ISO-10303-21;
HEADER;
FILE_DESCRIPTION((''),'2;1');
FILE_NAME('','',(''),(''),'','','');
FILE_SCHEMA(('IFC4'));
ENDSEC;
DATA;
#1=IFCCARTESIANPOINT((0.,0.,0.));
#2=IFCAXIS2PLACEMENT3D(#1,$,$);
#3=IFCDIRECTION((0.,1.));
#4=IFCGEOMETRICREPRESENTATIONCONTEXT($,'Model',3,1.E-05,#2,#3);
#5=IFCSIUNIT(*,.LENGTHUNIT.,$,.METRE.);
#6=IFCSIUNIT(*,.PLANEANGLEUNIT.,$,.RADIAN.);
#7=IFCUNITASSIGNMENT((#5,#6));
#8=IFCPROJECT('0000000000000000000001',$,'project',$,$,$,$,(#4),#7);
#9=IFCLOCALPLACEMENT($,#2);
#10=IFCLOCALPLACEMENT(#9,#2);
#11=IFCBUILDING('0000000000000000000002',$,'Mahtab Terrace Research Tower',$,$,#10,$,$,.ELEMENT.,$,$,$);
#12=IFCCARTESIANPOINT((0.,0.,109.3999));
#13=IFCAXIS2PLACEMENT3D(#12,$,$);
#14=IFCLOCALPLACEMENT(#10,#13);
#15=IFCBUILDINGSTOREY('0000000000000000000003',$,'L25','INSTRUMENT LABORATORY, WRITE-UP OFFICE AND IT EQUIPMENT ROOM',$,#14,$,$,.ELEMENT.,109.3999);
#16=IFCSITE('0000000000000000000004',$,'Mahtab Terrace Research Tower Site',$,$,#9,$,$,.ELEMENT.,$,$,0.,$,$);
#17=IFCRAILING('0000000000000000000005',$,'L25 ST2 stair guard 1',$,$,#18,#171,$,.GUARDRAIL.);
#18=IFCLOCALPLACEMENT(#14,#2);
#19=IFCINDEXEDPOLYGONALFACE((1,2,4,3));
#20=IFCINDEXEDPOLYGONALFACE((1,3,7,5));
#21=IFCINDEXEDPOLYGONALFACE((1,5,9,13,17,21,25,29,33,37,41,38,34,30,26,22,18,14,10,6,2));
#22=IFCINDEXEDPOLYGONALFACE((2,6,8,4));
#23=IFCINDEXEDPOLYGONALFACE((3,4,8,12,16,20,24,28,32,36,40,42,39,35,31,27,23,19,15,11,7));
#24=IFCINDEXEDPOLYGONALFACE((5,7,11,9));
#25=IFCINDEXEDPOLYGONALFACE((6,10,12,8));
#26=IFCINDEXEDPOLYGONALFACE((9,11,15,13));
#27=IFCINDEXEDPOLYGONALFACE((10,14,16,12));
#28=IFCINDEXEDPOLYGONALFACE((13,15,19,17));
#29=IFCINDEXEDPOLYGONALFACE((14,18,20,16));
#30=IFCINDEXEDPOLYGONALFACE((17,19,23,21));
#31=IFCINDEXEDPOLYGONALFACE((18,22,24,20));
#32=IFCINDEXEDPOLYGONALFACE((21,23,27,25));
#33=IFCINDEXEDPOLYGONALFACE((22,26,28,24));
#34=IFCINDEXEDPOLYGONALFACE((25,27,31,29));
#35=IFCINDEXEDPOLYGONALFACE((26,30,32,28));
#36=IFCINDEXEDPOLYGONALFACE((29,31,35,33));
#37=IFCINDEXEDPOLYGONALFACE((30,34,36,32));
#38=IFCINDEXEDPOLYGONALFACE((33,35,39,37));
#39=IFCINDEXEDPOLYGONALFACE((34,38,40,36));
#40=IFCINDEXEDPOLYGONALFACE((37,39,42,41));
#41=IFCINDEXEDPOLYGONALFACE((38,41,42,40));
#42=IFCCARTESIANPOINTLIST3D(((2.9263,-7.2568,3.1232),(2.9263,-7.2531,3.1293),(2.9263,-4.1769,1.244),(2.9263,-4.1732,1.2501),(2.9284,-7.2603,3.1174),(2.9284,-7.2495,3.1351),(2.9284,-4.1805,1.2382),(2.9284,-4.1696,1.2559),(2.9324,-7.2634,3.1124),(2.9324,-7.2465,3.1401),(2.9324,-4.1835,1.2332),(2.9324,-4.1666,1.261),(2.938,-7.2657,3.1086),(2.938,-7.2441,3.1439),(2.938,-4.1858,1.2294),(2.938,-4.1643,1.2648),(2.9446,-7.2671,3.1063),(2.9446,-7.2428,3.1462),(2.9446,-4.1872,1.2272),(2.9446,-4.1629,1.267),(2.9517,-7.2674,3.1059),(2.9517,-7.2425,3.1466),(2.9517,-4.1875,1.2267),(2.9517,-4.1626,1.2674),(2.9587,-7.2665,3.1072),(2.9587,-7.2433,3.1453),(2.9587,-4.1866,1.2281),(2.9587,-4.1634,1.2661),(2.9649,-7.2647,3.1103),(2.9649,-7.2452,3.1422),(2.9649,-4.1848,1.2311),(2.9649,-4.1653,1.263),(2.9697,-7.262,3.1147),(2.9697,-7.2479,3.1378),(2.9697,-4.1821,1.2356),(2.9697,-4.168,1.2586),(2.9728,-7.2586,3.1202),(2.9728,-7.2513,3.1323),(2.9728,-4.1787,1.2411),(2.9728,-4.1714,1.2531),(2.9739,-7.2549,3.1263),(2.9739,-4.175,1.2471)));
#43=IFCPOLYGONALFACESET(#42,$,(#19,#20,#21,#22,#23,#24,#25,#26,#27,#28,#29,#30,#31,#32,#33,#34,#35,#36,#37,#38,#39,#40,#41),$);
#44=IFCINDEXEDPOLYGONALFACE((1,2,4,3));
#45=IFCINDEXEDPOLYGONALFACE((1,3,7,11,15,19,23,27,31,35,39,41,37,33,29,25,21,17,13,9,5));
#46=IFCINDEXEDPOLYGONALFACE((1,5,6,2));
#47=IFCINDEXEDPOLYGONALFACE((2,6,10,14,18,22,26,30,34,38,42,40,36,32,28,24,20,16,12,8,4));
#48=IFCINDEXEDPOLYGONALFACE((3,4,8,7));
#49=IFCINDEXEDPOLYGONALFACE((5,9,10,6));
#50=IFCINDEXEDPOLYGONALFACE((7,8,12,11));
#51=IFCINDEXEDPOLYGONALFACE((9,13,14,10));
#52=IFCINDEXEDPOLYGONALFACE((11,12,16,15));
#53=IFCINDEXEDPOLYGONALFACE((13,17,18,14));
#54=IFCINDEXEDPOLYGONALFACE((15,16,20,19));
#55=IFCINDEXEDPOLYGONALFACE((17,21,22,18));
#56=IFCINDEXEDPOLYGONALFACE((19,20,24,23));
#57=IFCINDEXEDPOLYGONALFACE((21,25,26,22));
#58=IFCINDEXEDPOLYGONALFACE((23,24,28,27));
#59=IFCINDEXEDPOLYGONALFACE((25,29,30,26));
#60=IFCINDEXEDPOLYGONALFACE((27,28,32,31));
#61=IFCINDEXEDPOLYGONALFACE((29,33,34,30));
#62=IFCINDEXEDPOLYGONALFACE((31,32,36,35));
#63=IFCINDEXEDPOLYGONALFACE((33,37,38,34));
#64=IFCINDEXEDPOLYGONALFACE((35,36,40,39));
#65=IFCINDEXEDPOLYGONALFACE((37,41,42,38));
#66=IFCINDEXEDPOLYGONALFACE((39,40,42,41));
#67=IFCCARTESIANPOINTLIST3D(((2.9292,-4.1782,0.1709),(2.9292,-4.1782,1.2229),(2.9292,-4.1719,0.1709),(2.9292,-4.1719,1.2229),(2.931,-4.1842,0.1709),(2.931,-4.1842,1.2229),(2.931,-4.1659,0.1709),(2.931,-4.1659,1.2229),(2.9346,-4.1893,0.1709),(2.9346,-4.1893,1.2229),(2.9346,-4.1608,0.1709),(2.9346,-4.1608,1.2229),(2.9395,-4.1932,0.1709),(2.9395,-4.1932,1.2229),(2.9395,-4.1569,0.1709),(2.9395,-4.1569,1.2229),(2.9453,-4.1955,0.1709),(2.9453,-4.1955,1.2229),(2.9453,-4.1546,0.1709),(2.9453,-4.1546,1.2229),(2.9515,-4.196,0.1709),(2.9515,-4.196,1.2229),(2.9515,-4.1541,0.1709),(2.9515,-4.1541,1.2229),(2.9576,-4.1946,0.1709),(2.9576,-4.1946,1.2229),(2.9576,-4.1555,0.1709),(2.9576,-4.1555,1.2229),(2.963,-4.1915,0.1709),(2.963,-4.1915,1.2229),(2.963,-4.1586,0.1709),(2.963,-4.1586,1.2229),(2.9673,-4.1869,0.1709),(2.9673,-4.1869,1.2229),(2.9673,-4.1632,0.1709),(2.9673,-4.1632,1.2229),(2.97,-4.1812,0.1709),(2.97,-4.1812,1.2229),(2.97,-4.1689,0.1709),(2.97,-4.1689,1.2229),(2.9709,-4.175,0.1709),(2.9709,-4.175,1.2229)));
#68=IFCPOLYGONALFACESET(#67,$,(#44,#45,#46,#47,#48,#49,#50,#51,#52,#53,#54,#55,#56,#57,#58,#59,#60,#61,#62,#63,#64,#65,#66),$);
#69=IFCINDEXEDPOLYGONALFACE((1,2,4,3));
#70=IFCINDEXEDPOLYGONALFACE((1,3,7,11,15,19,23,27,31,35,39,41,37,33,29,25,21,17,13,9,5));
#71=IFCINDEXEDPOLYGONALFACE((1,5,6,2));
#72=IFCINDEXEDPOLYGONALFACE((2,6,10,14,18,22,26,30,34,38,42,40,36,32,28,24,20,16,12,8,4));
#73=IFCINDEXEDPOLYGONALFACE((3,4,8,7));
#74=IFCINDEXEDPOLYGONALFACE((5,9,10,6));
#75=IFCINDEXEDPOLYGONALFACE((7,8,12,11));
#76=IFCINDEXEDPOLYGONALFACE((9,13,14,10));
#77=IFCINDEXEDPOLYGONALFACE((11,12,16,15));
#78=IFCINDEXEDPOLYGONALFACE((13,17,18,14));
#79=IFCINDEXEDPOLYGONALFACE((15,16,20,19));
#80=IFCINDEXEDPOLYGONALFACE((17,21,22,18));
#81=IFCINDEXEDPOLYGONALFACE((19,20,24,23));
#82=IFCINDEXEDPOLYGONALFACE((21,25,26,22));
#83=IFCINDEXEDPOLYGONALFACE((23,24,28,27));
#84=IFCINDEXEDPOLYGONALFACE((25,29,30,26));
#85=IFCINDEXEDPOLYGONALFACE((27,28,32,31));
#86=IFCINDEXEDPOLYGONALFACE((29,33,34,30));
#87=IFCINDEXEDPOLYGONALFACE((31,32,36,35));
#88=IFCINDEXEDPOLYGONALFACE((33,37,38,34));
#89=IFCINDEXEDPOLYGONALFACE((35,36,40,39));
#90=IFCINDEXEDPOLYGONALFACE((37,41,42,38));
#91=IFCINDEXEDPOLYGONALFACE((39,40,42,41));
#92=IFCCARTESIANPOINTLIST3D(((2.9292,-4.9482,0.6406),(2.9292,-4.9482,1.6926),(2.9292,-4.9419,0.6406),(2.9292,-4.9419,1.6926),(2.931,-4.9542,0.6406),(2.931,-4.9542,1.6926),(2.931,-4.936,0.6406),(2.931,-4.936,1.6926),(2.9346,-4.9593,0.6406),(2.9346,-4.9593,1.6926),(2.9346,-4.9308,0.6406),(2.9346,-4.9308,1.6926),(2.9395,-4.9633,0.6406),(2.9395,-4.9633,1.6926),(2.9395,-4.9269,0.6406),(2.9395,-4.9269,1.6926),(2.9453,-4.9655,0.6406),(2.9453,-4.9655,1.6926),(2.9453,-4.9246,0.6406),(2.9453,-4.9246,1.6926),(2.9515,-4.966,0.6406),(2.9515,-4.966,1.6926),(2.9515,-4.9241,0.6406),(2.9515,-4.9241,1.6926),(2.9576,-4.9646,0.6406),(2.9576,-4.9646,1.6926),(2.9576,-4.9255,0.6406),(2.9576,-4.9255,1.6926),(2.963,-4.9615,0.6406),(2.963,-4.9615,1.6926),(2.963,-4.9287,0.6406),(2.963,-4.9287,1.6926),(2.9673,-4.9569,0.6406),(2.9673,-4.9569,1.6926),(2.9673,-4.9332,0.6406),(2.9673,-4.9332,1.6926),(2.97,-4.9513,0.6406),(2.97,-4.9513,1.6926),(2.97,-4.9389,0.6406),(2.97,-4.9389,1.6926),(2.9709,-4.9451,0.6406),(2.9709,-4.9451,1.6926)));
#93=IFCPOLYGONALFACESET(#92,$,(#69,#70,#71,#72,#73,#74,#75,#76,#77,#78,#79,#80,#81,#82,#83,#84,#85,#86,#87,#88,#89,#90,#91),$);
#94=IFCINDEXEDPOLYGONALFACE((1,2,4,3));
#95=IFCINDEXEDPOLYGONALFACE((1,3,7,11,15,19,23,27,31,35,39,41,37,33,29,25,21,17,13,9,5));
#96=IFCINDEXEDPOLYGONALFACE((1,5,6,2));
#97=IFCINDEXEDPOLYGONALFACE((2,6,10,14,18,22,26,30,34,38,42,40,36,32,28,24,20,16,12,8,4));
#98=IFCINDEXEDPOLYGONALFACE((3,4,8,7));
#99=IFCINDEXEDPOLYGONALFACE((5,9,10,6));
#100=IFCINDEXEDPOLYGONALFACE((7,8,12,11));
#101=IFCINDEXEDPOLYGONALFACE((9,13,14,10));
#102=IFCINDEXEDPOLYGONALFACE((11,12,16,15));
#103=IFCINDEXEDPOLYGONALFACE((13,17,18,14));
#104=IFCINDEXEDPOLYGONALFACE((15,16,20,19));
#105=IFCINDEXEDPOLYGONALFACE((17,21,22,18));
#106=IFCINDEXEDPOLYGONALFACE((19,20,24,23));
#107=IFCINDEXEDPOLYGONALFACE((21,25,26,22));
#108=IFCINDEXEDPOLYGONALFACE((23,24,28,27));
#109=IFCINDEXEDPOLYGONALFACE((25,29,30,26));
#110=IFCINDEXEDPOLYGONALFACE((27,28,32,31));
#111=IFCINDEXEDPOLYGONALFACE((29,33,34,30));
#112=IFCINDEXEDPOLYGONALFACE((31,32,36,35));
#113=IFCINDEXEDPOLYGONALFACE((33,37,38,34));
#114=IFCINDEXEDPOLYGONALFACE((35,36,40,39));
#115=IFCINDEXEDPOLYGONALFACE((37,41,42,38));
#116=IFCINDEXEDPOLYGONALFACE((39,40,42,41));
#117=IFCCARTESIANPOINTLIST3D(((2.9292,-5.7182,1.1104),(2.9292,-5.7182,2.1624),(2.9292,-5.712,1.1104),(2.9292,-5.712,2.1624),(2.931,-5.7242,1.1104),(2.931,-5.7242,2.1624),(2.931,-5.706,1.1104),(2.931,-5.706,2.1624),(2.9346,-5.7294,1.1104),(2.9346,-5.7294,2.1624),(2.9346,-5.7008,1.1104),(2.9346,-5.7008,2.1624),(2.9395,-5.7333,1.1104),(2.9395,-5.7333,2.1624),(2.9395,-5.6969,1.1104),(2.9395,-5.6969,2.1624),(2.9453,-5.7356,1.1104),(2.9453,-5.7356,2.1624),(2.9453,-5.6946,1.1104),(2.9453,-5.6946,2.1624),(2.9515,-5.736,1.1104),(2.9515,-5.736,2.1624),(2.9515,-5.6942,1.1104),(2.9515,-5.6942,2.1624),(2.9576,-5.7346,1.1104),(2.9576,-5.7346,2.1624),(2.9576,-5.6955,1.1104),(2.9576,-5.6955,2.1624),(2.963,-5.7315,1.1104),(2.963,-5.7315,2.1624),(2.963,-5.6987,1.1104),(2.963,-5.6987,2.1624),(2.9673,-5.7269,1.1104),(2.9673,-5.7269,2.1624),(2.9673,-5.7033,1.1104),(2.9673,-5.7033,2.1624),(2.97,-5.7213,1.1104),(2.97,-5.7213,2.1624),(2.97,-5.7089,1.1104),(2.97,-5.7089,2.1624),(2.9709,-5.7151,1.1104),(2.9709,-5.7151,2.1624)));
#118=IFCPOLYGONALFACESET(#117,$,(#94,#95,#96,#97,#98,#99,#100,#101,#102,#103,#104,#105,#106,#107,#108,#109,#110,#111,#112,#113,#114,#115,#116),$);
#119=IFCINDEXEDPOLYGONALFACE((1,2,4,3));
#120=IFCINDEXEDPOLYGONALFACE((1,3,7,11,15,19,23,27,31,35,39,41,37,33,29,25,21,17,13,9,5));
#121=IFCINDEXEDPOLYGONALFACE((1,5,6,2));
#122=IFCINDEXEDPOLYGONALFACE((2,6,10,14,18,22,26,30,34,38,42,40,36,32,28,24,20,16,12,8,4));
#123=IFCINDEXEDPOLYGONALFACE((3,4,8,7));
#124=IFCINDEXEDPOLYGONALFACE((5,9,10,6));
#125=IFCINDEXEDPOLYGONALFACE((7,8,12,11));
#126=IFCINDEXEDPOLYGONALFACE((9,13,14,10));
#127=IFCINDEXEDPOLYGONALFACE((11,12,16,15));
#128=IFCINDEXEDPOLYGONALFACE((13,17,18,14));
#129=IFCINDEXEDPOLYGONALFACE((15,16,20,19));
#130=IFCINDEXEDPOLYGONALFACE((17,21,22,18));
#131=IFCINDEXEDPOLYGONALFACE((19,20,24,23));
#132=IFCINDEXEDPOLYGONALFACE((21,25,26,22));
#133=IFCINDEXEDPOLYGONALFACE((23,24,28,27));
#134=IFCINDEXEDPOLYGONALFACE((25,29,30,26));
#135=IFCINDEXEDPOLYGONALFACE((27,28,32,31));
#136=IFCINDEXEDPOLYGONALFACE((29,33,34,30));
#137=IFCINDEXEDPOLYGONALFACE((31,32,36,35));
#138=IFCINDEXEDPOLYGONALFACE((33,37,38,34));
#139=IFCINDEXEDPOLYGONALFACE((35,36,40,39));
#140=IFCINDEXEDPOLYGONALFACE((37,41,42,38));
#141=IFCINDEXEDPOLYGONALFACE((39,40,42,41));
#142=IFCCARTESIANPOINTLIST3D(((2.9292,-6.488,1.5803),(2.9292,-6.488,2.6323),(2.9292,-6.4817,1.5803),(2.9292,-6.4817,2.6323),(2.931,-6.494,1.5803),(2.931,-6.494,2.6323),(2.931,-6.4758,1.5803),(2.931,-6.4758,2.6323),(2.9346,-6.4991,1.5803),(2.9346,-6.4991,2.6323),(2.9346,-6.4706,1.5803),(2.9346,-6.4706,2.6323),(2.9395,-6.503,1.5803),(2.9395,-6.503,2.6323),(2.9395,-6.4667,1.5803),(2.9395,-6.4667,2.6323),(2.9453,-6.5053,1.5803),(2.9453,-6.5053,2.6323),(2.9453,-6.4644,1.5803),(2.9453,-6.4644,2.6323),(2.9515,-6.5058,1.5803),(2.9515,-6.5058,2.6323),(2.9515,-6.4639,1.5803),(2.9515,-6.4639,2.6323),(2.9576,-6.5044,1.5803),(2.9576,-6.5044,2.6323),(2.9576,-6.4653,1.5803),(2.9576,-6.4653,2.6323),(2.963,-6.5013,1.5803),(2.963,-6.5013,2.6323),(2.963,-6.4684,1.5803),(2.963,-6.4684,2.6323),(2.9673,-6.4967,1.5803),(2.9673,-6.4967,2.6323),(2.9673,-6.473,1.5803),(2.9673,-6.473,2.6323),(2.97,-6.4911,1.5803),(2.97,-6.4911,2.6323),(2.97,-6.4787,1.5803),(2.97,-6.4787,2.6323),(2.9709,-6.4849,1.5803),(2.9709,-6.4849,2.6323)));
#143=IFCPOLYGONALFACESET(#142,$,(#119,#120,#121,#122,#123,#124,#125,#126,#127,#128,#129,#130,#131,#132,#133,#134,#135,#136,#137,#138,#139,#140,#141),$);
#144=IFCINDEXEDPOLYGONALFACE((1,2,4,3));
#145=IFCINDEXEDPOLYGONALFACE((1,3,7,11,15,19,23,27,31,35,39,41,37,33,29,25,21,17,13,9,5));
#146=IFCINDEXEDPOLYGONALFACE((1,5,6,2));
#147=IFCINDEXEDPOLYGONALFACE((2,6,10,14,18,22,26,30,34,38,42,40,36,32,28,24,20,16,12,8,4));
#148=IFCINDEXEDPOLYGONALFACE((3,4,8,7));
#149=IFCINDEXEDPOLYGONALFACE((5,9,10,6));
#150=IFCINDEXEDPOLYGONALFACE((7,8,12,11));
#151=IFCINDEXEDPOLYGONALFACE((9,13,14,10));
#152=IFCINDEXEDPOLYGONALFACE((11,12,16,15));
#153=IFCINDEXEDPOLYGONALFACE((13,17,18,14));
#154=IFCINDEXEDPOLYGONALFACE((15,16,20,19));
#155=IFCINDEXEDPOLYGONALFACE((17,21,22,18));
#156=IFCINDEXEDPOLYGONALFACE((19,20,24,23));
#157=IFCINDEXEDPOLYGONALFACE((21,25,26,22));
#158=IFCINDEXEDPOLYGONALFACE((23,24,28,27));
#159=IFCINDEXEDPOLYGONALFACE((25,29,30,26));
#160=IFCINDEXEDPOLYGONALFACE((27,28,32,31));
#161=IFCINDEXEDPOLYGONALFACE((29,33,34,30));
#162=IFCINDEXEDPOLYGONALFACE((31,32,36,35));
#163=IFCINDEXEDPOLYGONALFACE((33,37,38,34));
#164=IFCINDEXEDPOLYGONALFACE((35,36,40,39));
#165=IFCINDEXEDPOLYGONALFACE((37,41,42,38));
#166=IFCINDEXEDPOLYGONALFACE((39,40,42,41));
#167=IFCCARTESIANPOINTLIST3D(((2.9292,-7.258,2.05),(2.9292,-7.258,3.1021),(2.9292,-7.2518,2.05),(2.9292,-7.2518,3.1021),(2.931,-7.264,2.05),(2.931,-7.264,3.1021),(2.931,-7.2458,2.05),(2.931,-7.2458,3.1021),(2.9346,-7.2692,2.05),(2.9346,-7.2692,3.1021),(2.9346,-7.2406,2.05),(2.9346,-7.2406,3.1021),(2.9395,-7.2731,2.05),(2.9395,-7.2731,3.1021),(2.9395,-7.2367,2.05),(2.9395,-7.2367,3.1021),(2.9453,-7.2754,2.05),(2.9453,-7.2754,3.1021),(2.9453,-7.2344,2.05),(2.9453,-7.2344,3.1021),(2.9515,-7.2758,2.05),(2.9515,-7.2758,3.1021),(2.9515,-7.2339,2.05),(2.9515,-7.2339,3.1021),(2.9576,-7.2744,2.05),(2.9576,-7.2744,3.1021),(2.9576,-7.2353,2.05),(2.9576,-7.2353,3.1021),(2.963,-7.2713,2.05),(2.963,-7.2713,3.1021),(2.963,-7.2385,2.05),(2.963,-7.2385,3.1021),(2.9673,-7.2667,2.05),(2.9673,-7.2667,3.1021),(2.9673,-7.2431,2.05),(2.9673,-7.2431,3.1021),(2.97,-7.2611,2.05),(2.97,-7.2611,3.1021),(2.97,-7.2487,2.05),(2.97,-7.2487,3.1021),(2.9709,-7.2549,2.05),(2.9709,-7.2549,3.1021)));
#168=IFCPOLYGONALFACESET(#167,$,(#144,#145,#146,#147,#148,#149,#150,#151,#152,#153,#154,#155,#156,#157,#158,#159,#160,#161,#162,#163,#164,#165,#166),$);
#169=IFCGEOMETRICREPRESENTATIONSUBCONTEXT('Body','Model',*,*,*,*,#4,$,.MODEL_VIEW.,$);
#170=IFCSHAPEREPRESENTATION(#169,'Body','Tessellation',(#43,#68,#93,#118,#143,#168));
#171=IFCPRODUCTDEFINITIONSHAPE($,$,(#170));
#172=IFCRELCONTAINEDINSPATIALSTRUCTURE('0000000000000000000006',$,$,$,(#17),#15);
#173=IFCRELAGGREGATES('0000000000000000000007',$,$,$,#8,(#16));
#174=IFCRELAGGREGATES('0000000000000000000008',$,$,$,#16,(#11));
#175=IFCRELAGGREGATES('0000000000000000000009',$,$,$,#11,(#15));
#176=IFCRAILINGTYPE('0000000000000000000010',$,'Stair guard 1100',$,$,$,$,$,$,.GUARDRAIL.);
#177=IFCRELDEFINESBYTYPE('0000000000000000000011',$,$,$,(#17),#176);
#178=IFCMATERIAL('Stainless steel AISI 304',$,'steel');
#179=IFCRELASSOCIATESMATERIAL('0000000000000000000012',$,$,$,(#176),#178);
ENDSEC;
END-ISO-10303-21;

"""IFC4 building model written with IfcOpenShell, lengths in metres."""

from ifc_helpers import new_model, si_unit, direction, frame, origin, origin_2d, place, context, subcontext, project, spatial, circle, extrude, material, type_object, element, save


model = new_model("IFC4")

# Units and contexts
model_context = context("Model", 3, precision=1e-05, world=origin(), true_north=direction((0.0, 1.0)))
body_context = subcontext(model_context, "Body", "Model", "MODEL_VIEW")
ifc_project = project(units=[si_unit("LENGTHUNIT", "METRE"), si_unit("PLANEANGLEUNIT", "RADIAN")], contexts=[model_context])

# Site, building, storey
site_placement = place(None, origin())
site = spatial("IfcSite", under=ifc_project, at=site_placement, Name="Mahtab Terrace Research Tower Site", CompositionType="ELEMENT", RefElevation=0.0)
building_placement = place(site_placement, origin())
building = spatial("IfcBuilding", under=site, at=building_placement, Name="Mahtab Terrace Research Tower", CompositionType="ELEMENT")
storey_placement = place(building_placement, frame((0.0, 0.0, 109.3999)))
storey = spatial("IfcBuildingStorey", under=building, at=storey_placement, Name="L25", Description="INSTRUMENT LABORATORY, WRITE-UP OFFICE AND IT EQUIPMENT ROOM", CompositionType="ELEMENT", Elevation=109.3999)

# Railing
ifc_material_1 = material(Name="Stainless steel AISI 304", Category="steel")
railing_type_1 = type_object("IfcRailingType", Name="Stair guard 1100", PredefinedType="GUARDRAIL", material=ifc_material_1)
railing_1_placement = place(storey_placement, frame((2.95, -4.175, 0.1709)))
element("IfcRailing", 1, at=railing_1_placement, inside=storey, type_object=railing_type_1, Name="L25 ST2 stair guard 1", PredefinedType="GUARDRAIL", context=body_context, shape_type="SweptSolid", body=[
    extrude(circle(Radius=0.0239, at=origin_2d()), frame((0.0, 0.0, 1.0762), z_axis=(0.0, -0.853648, 0.52085), x_axis=(1.0, 0.0, 0.0)), (0.0, 0.0, 1.0), 3.6079),
    extrude(circle(Radius=0.021, at=origin_2d()), origin(), (0.0, 0.0, 1.0), 1.052),
    extrude(circle(Radius=0.021, at=origin_2d()), frame((0.0, -0.77, 0.4697)), (0.0, 0.0, 1.0), 1.052),
    extrude(circle(Radius=0.021, at=origin_2d()), frame((0.0, -1.54, 0.9395)), (0.0, 0.0, 1.0), 1.052),
    extrude(circle(Radius=0.021, at=origin_2d()), frame((0.0, -2.3098, 1.4094)), (0.0, 0.0, 1.0), 1.052),
    extrude(circle(Radius=0.021, at=origin_2d()), frame((0.0, -3.0798, 1.8792)), (0.0, 0.0, 1.0), 1.052),
])

save(model, "model.ifc")
